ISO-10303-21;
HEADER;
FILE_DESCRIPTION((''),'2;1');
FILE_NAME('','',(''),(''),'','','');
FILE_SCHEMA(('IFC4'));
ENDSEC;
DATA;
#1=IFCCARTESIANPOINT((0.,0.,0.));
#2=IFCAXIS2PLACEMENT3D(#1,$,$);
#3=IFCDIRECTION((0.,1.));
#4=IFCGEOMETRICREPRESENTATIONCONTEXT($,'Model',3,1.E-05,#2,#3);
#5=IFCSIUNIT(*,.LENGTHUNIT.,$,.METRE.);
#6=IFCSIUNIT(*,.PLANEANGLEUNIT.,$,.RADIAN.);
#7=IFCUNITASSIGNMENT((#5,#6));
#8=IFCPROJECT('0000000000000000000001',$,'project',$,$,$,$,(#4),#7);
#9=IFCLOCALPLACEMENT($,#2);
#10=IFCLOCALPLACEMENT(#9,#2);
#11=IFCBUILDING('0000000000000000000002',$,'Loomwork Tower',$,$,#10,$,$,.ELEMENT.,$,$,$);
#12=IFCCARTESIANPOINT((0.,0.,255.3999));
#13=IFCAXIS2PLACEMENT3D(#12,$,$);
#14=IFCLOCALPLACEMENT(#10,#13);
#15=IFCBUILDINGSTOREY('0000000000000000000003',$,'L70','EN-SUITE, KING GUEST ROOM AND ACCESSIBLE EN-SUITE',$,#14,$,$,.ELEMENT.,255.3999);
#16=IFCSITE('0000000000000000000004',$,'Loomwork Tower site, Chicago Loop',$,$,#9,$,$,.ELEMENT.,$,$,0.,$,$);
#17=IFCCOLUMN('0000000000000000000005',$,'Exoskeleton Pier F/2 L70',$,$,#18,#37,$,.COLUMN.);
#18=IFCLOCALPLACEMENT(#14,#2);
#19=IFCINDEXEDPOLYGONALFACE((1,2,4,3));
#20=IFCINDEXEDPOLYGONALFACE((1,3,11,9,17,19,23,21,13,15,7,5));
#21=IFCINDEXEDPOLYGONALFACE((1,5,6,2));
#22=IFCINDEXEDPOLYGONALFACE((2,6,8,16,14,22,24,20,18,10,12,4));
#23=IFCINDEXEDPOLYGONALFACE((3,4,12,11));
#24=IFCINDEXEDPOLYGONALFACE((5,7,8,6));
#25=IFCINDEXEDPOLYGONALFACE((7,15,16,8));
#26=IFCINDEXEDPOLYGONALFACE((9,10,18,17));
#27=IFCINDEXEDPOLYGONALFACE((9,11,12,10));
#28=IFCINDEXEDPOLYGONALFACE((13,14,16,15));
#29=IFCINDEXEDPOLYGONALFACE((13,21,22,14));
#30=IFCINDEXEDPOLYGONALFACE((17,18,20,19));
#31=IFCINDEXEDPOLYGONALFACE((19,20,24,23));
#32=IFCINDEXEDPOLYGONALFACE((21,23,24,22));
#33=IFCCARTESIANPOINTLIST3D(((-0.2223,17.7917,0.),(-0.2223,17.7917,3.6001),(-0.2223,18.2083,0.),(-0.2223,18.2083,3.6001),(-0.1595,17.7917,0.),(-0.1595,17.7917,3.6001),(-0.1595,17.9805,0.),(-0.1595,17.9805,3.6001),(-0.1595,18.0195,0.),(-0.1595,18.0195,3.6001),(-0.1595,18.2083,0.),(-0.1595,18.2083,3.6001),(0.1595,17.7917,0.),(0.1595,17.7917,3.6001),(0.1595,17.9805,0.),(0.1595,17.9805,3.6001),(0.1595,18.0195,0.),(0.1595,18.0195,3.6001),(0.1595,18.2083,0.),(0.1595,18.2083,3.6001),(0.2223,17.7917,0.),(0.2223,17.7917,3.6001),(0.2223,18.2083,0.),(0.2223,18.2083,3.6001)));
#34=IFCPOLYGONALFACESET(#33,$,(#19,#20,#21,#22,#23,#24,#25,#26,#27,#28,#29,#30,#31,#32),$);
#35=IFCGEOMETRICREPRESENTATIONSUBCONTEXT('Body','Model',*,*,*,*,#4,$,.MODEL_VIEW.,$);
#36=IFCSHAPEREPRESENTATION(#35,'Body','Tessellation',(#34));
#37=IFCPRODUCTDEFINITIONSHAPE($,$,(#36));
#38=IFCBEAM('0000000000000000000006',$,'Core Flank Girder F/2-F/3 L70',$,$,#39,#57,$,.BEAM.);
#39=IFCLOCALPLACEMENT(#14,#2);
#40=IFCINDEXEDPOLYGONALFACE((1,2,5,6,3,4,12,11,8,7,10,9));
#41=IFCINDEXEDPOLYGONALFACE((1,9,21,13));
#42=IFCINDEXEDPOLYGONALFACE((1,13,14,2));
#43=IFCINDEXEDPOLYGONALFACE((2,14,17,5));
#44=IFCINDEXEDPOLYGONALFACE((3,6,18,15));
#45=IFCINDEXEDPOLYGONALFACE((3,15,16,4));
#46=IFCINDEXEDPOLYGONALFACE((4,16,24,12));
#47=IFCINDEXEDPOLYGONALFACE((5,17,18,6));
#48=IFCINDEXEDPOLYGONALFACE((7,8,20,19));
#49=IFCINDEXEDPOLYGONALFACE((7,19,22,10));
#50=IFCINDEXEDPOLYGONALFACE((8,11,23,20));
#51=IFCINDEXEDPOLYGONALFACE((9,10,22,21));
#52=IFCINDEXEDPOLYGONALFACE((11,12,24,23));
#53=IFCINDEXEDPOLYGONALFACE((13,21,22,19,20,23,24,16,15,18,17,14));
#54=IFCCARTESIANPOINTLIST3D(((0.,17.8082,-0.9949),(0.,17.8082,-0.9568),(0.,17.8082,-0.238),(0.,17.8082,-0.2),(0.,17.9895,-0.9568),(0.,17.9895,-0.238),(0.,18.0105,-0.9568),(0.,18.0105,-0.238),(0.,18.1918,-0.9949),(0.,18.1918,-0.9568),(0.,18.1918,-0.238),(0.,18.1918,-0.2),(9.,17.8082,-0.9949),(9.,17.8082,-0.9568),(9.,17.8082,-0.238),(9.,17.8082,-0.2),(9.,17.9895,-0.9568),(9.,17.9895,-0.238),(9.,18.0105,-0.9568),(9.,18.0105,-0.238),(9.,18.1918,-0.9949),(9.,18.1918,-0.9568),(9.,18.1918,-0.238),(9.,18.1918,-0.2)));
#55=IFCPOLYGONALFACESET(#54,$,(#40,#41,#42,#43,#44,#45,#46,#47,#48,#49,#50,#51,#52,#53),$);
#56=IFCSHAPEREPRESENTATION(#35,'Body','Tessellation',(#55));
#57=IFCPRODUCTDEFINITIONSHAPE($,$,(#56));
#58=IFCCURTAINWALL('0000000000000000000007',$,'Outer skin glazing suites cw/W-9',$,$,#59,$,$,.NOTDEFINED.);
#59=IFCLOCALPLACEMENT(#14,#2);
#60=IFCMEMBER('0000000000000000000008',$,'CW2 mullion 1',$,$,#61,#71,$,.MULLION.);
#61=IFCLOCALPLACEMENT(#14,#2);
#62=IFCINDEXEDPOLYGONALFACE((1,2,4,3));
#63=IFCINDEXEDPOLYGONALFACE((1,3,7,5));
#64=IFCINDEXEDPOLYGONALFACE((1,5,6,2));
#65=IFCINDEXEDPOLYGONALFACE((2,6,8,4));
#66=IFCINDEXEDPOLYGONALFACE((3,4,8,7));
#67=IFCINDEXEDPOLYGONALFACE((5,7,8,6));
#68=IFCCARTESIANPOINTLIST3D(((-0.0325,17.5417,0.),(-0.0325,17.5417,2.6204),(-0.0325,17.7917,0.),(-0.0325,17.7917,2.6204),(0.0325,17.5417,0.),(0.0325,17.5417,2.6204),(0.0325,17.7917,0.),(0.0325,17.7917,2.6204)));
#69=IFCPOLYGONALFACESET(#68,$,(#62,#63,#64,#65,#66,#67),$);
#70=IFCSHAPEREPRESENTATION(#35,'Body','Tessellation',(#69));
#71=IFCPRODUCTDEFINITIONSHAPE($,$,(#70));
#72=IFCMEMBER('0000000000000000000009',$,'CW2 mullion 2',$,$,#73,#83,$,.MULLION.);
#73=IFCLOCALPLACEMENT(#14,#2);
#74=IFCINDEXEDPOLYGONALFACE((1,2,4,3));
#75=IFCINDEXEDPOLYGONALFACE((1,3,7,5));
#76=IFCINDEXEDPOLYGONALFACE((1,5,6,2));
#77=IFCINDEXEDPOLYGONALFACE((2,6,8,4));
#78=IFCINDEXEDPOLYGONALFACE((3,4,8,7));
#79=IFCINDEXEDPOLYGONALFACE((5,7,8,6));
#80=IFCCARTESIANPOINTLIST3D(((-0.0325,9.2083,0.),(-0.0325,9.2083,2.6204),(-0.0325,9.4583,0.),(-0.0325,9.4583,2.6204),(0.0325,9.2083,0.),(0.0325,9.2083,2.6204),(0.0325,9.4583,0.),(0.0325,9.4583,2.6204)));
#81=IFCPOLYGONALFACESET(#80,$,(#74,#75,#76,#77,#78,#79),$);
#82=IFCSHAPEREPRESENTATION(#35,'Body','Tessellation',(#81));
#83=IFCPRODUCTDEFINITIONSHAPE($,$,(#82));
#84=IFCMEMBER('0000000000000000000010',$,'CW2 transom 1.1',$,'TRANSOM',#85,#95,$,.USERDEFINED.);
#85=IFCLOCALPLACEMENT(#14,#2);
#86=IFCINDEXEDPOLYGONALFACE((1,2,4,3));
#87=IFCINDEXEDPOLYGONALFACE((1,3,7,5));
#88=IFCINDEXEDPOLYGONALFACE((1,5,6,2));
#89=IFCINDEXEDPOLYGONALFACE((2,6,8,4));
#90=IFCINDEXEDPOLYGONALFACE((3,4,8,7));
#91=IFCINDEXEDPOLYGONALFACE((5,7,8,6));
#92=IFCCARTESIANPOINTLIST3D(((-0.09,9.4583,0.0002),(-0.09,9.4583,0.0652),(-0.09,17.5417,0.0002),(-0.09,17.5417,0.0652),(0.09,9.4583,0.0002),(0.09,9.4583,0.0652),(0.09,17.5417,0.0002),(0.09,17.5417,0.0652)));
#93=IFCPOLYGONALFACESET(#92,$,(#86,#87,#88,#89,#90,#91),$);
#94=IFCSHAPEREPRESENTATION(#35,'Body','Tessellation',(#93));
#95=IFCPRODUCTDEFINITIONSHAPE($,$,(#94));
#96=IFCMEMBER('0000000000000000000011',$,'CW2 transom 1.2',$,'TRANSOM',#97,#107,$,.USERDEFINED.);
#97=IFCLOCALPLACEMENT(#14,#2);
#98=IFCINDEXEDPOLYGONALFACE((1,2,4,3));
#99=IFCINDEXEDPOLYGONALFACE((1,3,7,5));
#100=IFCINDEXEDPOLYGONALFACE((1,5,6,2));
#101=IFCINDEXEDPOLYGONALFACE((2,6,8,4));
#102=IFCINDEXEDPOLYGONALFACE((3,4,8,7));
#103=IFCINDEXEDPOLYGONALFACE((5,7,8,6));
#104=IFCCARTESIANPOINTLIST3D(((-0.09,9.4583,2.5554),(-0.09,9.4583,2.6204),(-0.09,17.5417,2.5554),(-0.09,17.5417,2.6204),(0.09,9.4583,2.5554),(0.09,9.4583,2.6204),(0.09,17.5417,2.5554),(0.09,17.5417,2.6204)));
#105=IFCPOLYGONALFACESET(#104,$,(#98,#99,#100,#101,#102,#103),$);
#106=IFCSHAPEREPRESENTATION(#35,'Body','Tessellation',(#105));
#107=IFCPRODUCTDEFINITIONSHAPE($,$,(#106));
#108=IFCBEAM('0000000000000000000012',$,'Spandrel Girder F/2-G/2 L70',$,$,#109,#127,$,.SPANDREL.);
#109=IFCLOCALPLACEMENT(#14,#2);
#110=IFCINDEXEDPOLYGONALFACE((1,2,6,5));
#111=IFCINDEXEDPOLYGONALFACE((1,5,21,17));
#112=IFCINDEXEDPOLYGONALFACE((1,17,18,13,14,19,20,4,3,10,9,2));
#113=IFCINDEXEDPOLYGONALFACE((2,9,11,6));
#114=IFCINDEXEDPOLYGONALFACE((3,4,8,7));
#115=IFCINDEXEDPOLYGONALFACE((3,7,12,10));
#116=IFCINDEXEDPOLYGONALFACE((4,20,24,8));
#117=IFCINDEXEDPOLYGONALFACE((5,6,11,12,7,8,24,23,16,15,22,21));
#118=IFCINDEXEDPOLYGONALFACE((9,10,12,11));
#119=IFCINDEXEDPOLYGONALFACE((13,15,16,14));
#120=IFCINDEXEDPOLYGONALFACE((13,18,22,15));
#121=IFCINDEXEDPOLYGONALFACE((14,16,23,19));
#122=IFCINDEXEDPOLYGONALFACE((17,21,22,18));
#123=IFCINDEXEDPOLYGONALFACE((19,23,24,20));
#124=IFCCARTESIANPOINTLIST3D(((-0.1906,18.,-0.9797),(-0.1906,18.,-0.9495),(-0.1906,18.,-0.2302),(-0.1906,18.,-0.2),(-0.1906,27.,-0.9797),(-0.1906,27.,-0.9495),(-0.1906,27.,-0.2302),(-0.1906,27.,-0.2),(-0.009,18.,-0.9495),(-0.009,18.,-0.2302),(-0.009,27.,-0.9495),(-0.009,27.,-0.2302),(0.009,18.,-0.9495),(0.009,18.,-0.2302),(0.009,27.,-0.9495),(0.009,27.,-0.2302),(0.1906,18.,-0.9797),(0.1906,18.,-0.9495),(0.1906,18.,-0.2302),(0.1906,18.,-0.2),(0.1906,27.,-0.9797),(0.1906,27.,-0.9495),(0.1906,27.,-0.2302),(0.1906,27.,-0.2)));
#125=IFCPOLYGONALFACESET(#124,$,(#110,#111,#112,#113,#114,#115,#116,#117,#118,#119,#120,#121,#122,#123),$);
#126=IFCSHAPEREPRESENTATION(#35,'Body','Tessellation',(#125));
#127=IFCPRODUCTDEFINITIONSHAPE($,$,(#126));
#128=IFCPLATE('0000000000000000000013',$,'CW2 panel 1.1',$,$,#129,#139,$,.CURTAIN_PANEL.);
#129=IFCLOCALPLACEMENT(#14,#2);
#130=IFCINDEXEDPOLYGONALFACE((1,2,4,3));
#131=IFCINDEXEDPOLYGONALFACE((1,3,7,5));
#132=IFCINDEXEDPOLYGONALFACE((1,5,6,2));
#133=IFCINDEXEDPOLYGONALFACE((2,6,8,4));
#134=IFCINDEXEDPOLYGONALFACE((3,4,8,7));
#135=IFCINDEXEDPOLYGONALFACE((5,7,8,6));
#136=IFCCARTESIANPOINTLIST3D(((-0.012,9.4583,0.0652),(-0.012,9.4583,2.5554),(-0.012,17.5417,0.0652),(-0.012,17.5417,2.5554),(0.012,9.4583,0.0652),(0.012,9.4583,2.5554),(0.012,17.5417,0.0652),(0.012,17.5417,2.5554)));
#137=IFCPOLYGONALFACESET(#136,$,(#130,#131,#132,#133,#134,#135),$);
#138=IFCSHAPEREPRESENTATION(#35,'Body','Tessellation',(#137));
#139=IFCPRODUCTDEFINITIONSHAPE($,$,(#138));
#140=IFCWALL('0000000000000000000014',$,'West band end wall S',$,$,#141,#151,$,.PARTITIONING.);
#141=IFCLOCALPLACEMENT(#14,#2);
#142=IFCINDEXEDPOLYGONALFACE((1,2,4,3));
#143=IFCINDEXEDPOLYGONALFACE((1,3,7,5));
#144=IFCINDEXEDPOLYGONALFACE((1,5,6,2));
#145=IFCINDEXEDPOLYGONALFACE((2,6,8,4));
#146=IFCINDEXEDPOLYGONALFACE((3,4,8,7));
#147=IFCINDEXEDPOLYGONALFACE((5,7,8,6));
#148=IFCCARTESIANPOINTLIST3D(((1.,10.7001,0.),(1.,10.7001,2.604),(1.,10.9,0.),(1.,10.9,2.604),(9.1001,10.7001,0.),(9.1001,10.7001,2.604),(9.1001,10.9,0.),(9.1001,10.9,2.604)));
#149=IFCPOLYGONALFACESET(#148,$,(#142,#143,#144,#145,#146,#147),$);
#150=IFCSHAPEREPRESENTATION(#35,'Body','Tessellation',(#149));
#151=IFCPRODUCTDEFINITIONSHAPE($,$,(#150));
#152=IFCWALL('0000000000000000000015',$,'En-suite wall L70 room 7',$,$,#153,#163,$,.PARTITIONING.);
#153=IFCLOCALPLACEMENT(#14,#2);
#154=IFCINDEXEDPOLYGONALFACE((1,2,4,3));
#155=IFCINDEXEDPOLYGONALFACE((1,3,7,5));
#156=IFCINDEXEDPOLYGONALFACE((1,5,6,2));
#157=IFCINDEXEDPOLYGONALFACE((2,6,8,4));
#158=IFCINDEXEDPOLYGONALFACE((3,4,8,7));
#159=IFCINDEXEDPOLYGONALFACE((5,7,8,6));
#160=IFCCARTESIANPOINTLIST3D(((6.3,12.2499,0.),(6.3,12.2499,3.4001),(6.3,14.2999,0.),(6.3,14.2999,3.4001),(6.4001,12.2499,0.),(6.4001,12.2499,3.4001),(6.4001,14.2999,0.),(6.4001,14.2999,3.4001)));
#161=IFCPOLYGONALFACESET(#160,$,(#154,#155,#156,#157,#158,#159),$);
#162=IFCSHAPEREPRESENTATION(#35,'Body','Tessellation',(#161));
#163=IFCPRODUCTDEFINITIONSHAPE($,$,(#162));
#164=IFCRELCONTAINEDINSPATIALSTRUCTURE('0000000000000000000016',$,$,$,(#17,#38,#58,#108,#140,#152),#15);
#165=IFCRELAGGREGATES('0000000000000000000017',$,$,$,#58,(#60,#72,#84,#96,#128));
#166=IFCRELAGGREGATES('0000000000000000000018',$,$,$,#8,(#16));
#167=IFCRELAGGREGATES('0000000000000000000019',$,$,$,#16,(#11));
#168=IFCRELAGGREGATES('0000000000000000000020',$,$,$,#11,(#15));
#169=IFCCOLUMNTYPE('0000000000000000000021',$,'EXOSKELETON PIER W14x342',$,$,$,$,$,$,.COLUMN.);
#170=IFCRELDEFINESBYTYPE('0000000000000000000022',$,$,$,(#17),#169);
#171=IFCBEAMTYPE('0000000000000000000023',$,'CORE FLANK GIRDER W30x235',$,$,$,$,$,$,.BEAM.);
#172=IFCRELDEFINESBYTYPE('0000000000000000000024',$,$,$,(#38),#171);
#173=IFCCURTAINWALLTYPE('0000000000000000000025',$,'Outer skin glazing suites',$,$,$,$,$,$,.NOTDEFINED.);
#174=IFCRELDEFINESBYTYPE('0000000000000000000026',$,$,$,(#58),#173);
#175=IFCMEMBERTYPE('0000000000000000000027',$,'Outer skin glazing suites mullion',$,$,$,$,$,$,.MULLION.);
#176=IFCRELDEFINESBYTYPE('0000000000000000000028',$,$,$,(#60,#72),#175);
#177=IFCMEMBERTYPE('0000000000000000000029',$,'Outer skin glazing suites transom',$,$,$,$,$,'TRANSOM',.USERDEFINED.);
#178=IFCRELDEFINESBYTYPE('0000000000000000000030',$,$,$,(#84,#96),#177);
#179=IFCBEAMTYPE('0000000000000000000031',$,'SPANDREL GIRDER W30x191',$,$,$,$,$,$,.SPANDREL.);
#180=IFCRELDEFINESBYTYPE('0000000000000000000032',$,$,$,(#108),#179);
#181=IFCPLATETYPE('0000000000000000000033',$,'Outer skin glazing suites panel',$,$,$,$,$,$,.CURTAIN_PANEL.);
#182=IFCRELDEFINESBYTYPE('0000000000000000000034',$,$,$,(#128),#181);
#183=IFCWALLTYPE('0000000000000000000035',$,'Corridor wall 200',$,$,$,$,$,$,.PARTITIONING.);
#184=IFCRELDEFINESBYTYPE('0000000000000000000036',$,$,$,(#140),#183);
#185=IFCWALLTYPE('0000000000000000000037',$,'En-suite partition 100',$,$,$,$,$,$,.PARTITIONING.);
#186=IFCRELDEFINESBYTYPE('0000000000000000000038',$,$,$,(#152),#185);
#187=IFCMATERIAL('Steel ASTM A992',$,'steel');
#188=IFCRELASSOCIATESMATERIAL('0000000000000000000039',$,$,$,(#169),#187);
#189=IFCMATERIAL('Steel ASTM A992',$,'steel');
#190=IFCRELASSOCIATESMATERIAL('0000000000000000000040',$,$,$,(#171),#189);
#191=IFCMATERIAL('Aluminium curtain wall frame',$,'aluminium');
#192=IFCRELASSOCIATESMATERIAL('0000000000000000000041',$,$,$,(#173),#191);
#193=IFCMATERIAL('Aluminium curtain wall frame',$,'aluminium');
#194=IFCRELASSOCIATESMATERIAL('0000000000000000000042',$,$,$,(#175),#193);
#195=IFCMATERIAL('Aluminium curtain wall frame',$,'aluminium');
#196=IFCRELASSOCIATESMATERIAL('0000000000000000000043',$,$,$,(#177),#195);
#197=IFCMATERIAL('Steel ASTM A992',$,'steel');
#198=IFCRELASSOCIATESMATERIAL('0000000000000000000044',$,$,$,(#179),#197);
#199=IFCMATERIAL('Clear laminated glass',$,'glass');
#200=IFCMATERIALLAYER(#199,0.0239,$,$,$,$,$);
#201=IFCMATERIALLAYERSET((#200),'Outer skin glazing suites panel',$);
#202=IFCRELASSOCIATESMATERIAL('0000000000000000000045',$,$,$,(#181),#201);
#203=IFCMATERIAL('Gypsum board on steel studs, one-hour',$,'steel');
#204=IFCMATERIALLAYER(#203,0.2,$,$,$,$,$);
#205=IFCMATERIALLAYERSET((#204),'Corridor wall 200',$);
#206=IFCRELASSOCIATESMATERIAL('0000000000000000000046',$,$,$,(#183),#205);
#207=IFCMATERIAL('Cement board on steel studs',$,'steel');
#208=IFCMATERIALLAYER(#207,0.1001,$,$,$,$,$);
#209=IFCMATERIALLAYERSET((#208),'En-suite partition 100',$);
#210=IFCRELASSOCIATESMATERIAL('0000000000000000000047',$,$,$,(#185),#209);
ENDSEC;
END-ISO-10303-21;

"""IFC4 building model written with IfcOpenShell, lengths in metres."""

from ifc_helpers import new_model, si_unit, direction, frame, frame_2d, origin, origin_2d, place, context, subcontext, project, spatial, rectangle, i_section, extrude, material, layer, layer_set, material_profile, profile_set, type_object, element, aggregate, save


model = new_model("IFC4")

# Units and contexts
model_context = context("Model", 3, precision=1e-05, world=origin(), true_north=direction((0.0, 1.0)))
body_context = subcontext(model_context, "Body", "Model", "MODEL_VIEW")
ifc_project = project(units=[si_unit("LENGTHUNIT", "METRE"), si_unit("PLANEANGLEUNIT", "RADIAN")], contexts=[model_context])

# Site, building, storey
site_placement = place(None, origin())
site = spatial("IfcSite", under=ifc_project, at=site_placement, Name="Loomwork Tower site, Chicago Loop", CompositionType="ELEMENT", RefElevation=0.0)
building_placement = place(site_placement, origin())
building = spatial("IfcBuilding", under=site, at=building_placement, Name="Loomwork Tower", CompositionType="ELEMENT")
storey_placement = place(building_placement, frame((0.0, 0.0, 255.3999)))
storey = spatial("IfcBuildingStorey", under=building, at=storey_placement, Name="L70", Description="EN-SUITE, KING GUEST ROOM AND ACCESSIBLE EN-SUITE", CompositionType="ELEMENT", Elevation=255.3999)

# Column
ifc_material_1 = material(Name="Steel ASTM A992", Category="steel")
ifc_material_profile_1 = material_profile(ifc_material_1, i_section(OverallWidth=0.4165, OverallDepth=0.4446, WebThickness=0.0391, FlangeThickness=0.0627, at=origin_2d()), Name="W14x342")
ifc_profile_set_1 = profile_set([ifc_material_profile_1], Name="Steel ASTM A992")
column_type = type_object("IfcColumnType", Name="EXOSKELETON PIER W14x342", PredefinedType="COLUMN", material=ifc_profile_set_1)
column_placement = place(storey_placement, frame((0.0, 18.0, 0.0), z_axis=(0.0, 0.0, 1.0), x_axis=(0.0, 1.0, 0.0)))
element("IfcColumn", 1, at=column_placement, inside=storey, type_object=column_type, Name="Exoskeleton Pier F/2 L70", PredefinedType="COLUMN", context=body_context, shape_type="SweptSolid", body=[
    extrude(i_section(OverallWidth=0.4165, OverallDepth=0.4446, WebThickness=0.0391, FlangeThickness=0.0627, at=origin_2d()), origin(), (0.0, 0.0, 1.0), 3.6001),
])

# Beam
ifc_material_2 = material(Name="Steel ASTM A992", Category="steel")
ifc_material_profile_2 = material_profile(ifc_material_2, i_section(OverallWidth=0.3835, OverallDepth=0.7949, WebThickness=0.021, FlangeThickness=0.0381, at=origin_2d()), Name="W30x235")
ifc_profile_set_2 = profile_set([ifc_material_profile_2], Name="Steel ASTM A992")
beam_type_1 = type_object("IfcBeamType", Name="CORE FLANK GIRDER W30x235", PredefinedType="BEAM", material=ifc_profile_set_2)
beam_1_placement = place(storey_placement, frame((0.0, 18.0, -0.5974), z_axis=(1.0, 0.0, 0.0), x_axis=(0.0, 1.0, 0.0)))
element("IfcBeam", 2, at=beam_1_placement, inside=storey, type_object=beam_type_1, Name="Core Flank Girder F/2-F/3 L70", PredefinedType="BEAM", context=body_context, shape_type="SweptSolid", body=[
    extrude(i_section(OverallWidth=0.3835, OverallDepth=0.7949, WebThickness=0.021, FlangeThickness=0.0381, at=origin_2d()), origin(), (0.0, 0.0, 1.0), 9.0),
])

# Curtain wall, members
ifc_material_3 = material(Name="Aluminium curtain wall frame", Category="aluminium")
curtain_wall_type = type_object("IfcCurtainWallType", Name="Outer skin glazing suites", PredefinedType="NOTDEFINED", material=ifc_material_3)
curtain_wall_placement = place(storey_placement, origin())
curtain_wall = element("IfcCurtainWall", 3, at=curtain_wall_placement, inside=storey, type_object=curtain_wall_type, Name="Outer skin glazing suites cw/W-9", PredefinedType="NOTDEFINED")
ifc_material_4 = material(Name="Aluminium curtain wall frame", Category="aluminium")
ifc_material_profile_3 = material_profile(ifc_material_4, rectangle(XDim=0.0649, YDim=0.25, at=origin_2d()), Name="AL 65x250")
ifc_profile_set_3 = profile_set([ifc_material_profile_3], Name="Aluminium curtain wall frame")
member_type_1 = type_object("IfcMemberType", Name="Outer skin glazing suites mullion", PredefinedType="MULLION", material=ifc_profile_set_3)
member_1_placement = place(storey_placement, frame((0.0, 17.6667, 0.0), z_axis=(0.0, 0.0, 1.0), x_axis=(1.0, 0.0, 0.0)))
member_1 = element("IfcMember", 4, at=member_1_placement, type_object=member_type_1, Name="CW2 mullion 1", PredefinedType="MULLION", context=body_context, shape_type="SweptSolid", body=[
    extrude(rectangle(XDim=0.0649, YDim=0.25, at=origin_2d()), origin(), (0.0, 0.0, 1.0), 2.6204),
])
member_2_placement = place(storey_placement, frame((0.0, 9.3333, 0.0), z_axis=(0.0, 0.0, 1.0), x_axis=(1.0, 0.0, 0.0)))
member_2 = element("IfcMember", 5, at=member_2_placement, type_object=member_type_1, Name="CW2 mullion 2", PredefinedType="MULLION", context=body_context, shape_type="SweptSolid", body=[
    extrude(rectangle(XDim=0.0649, YDim=0.25, at=origin_2d()), origin(), (0.0, 0.0, 1.0), 2.6204),
])
ifc_material_5 = material(Name="Aluminium curtain wall frame", Category="aluminium")
ifc_material_profile_4 = material_profile(ifc_material_5, rectangle(XDim=0.1799, YDim=0.0649, at=origin_2d()), Name="AL 65x180")
ifc_profile_set_4 = profile_set([ifc_material_profile_4], Name="Aluminium curtain wall frame")
member_type_2 = type_object("IfcMemberType", Name="Outer skin glazing suites transom", ElementType="TRANSOM", PredefinedType="USERDEFINED", material=ifc_profile_set_4)
member_3_placement = place(storey_placement, frame((0.0, 17.5417, 0.0327), z_axis=(0.0, -1.0, 0.0), x_axis=(1.0, 0.0, 0.0)))
member_3 = element("IfcMember", 6, at=member_3_placement, type_object=member_type_2, Name="CW2 transom 1.1", ObjectType="TRANSOM", PredefinedType="USERDEFINED", context=body_context, shape_type="SweptSolid", body=[
    extrude(rectangle(XDim=0.1799, YDim=0.0649, at=origin_2d()), origin(), (0.0, 0.0, 1.0), 8.0835),
])
member_4_placement = place(storey_placement, frame((0.0, 17.5417, 2.5879), z_axis=(0.0, -1.0, 0.0), x_axis=(1.0, 0.0, 0.0)))
member_4 = element("IfcMember", 7, at=member_4_placement, type_object=member_type_2, Name="CW2 transom 1.2", ObjectType="TRANSOM", PredefinedType="USERDEFINED", context=body_context, shape_type="SweptSolid", body=[
    extrude(rectangle(XDim=0.1799, YDim=0.0649, at=origin_2d()), origin(), (0.0, 0.0, 1.0), 8.0835),
])

# Beam
ifc_material_6 = material(Name="Steel ASTM A992", Category="steel")
ifc_material_profile_5 = material_profile(ifc_material_6, i_section(OverallWidth=0.3811, OverallDepth=0.7798, WebThickness=0.0181, FlangeThickness=0.0303, at=origin_2d()), Name="W30x191")
ifc_profile_set_5 = profile_set([ifc_material_profile_5], Name="Steel ASTM A992")
beam_type_2 = type_object("IfcBeamType", Name="SPANDREL GIRDER W30x191", PredefinedType="SPANDREL", material=ifc_profile_set_5)
beam_2_placement = place(storey_placement, frame((0.0, 18.0, -0.5898), z_axis=(0.0, 1.0, 0.0), x_axis=(-1.0, 0.0, 0.0)))
element("IfcBeam", 8, at=beam_2_placement, inside=storey, type_object=beam_type_2, Name="Spandrel Girder F/2-G/2 L70", PredefinedType="SPANDREL", context=body_context, shape_type="SweptSolid", body=[
    extrude(i_section(OverallWidth=0.3811, OverallDepth=0.7798, WebThickness=0.0181, FlangeThickness=0.0303, at=origin_2d()), origin(), (0.0, 0.0, 1.0), 9.0),
])

# Plate
ifc_material_7 = material(Name="Clear laminated glass", Category="glass")
ifc_layer_1 = layer(ifc_material_7, 0.0239)
ifc_layer_set_1 = layer_set([ifc_layer_1], Name="Outer skin glazing suites panel")
plate_type = type_object("IfcPlateType", Name="Outer skin glazing suites panel", PredefinedType="CURTAIN_PANEL", material=ifc_layer_set_1)
plate_placement = place(storey_placement, frame((0.0, 13.5, 0.0652), z_axis=(0.0, 0.0, 1.0), x_axis=(0.0, -1.0, 0.0)))
plate = element("IfcPlate", 9, at=plate_placement, type_object=plate_type, Name="CW2 panel 1.1", PredefinedType="CURTAIN_PANEL", context=body_context, shape_type="SweptSolid", body=[
    extrude(rectangle(XDim=8.0835, YDim=0.0239, at=origin_2d()), origin(), (0.0, 0.0, 1.0), 2.4902),
])
aggregate(curtain_wall, [member_1, member_2, member_3, member_4, plate])

# Walls
ifc_material_8 = material(Name="Gypsum board on steel studs, one-hour", Category="steel")
ifc_layer_2 = layer(ifc_material_8, 0.2)
ifc_layer_set_2 = layer_set([ifc_layer_2], Name="Corridor wall 200")
wall_type_1 = type_object("IfcWallType", Name="Corridor wall 200", PredefinedType="PARTITIONING", material=ifc_layer_set_2)
wall_1_placement = place(storey_placement, frame((1.0, 10.8, 0.0), z_axis=(0.0, 0.0, 1.0), x_axis=(1.0, 0.0, 0.0)))
element("IfcWall", 10, at=wall_1_placement, inside=storey, type_object=wall_type_1, Name="West band end wall S", PredefinedType="PARTITIONING", context=body_context, shape_type="SweptSolid", body=[
    extrude(rectangle(XDim=8.1001, YDim=0.2, at=frame_2d((4.05, 0.0))), origin(), (0.0, 0.0, 1.0), 2.604),
])
ifc_material_9 = material(Name="Cement board on steel studs", Category="steel")
ifc_layer_3 = layer(ifc_material_9, 0.1001)
ifc_layer_set_3 = layer_set([ifc_layer_3], Name="En-suite partition 100")
wall_type_2 = type_object("IfcWallType", Name="En-suite partition 100", PredefinedType="PARTITIONING", material=ifc_layer_set_3)
wall_2_placement = place(storey_placement, frame((6.3501, 12.25, 0.0), z_axis=(0.0, 0.0, 1.0), x_axis=(0.0, 1.0, 0.0)))
element("IfcWall", 11, at=wall_2_placement, inside=storey, type_object=wall_type_2, Name="En-suite wall L70 room 7", PredefinedType="PARTITIONING", context=body_context, shape_type="SweptSolid", body=[
    extrude(rectangle(XDim=2.05, YDim=0.1001, at=frame_2d((1.0249, 0.0))), origin(), (0.0, 0.0, 1.0), 3.4001),
])

save(model, "model.ifc")
